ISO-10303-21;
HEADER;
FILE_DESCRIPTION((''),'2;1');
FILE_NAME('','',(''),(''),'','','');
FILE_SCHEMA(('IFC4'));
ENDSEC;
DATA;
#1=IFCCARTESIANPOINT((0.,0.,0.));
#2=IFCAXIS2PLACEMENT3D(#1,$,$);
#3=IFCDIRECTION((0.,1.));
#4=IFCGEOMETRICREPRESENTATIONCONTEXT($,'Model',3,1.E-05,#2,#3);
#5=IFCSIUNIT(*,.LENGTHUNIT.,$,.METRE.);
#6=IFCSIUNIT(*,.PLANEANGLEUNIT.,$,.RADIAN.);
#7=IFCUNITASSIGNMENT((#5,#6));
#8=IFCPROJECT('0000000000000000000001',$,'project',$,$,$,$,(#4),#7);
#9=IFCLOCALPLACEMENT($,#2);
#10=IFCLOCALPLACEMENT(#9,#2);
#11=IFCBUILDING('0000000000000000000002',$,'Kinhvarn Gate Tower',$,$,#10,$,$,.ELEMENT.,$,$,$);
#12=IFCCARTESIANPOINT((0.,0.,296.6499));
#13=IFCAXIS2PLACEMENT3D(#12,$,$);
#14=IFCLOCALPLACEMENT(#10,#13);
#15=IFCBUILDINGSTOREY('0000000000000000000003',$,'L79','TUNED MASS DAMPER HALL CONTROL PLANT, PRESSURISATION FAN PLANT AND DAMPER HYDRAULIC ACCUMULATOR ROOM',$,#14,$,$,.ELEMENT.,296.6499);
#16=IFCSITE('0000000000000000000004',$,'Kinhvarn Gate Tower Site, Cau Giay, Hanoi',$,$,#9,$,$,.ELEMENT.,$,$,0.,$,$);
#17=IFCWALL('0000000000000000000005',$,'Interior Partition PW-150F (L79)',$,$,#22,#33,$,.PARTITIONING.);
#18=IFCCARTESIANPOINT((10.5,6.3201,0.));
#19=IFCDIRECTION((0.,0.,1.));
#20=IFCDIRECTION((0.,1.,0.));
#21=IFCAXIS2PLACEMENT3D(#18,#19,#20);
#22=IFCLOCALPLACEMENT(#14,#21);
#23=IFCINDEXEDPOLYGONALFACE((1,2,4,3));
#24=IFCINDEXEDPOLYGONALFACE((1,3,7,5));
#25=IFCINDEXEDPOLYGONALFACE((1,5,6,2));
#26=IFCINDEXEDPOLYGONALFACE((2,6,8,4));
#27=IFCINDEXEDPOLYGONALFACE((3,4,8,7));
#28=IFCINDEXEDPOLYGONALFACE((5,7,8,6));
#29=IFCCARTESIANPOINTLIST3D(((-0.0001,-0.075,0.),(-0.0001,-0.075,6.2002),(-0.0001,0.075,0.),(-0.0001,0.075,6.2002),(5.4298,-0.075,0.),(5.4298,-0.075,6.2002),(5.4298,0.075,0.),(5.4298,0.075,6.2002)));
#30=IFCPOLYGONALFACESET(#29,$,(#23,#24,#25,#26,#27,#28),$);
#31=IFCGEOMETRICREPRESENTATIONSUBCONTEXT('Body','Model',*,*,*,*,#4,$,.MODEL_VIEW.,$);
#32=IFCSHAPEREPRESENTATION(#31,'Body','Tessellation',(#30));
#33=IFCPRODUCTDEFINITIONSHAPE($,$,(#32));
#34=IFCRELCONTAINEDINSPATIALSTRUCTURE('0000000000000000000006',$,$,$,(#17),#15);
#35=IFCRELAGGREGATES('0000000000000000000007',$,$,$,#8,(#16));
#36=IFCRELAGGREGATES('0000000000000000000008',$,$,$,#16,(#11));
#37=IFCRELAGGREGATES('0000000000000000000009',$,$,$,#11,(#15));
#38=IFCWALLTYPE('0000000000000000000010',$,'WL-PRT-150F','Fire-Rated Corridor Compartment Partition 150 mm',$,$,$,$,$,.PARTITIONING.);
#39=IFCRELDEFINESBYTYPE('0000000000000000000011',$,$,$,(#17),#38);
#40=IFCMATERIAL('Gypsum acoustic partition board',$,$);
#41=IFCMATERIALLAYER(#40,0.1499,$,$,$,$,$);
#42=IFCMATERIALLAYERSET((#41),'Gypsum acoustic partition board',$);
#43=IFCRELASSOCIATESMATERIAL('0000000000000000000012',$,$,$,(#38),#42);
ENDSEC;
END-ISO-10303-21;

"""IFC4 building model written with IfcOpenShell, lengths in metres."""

from ifc_helpers import new_model, si_unit, direction, frame, frame_2d, origin, place, context, subcontext, project, spatial, rectangle, extrude, material, layer, layer_set, type_object, element, save


model = new_model("IFC4")

# Units and contexts
model_context = context("Model", 3, precision=1e-05, world=origin(), true_north=direction((0.0, 1.0)))
body_context = subcontext(model_context, "Body", "Model", "MODEL_VIEW")
ifc_project = project(units=[si_unit("LENGTHUNIT", "METRE"), si_unit("PLANEANGLEUNIT", "RADIAN")], contexts=[model_context])

# Site, building, storey
site_placement = place(None, origin())
site = spatial("IfcSite", under=ifc_project, at=site_placement, Name="Kinhvarn Gate Tower Site, Cau Giay, Hanoi", CompositionType="ELEMENT", RefElevation=0.0)
building_placement = place(site_placement, origin())
building = spatial("IfcBuilding", under=site, at=building_placement, Name="Kinhvarn Gate Tower", CompositionType="ELEMENT")
storey_placement = place(building_placement, frame((0.0, 0.0, 296.6499)))
storey = spatial("IfcBuildingStorey", under=building, at=storey_placement, Name="L79", Description="TUNED MASS DAMPER HALL CONTROL PLANT, PRESSURISATION FAN PLANT AND DAMPER HYDRAULIC ACCUMULATOR ROOM", CompositionType="ELEMENT", Elevation=296.6499)

# Shared definitions
ifc_material_1 = material(Name="Gypsum acoustic partition board")
ifc_layer_1 = layer(ifc_material_1, 0.1499)
ifc_layer_set_1 = layer_set([ifc_layer_1], Name="Gypsum acoustic partition board")
wall_type = type_object("IfcWallType", Name="WL-PRT-150F", Description="Fire-Rated Corridor Compartment Partition 150 mm", PredefinedType="PARTITIONING", material=ifc_layer_set_1)

# Wall
wall_1_placement = place(storey_placement, frame((10.5, 6.3201, 0.0), z_axis=(0.0, 0.0, 1.0), x_axis=(0.0, 1.0, 0.0)))
element("IfcWall", 1, at=wall_1_placement, inside=storey, type_object=wall_type, Name="Interior Partition PW-150F (L79)", PredefinedType="PARTITIONING", context=body_context, shape_type="SweptSolid", body=[
    extrude(rectangle(XDim=5.4299, YDim=0.1499, at=frame_2d((2.7148, 0.0))), origin(), (0.0, 0.0, 1.0), 6.2002),
])

save(model, "model.ifc")
